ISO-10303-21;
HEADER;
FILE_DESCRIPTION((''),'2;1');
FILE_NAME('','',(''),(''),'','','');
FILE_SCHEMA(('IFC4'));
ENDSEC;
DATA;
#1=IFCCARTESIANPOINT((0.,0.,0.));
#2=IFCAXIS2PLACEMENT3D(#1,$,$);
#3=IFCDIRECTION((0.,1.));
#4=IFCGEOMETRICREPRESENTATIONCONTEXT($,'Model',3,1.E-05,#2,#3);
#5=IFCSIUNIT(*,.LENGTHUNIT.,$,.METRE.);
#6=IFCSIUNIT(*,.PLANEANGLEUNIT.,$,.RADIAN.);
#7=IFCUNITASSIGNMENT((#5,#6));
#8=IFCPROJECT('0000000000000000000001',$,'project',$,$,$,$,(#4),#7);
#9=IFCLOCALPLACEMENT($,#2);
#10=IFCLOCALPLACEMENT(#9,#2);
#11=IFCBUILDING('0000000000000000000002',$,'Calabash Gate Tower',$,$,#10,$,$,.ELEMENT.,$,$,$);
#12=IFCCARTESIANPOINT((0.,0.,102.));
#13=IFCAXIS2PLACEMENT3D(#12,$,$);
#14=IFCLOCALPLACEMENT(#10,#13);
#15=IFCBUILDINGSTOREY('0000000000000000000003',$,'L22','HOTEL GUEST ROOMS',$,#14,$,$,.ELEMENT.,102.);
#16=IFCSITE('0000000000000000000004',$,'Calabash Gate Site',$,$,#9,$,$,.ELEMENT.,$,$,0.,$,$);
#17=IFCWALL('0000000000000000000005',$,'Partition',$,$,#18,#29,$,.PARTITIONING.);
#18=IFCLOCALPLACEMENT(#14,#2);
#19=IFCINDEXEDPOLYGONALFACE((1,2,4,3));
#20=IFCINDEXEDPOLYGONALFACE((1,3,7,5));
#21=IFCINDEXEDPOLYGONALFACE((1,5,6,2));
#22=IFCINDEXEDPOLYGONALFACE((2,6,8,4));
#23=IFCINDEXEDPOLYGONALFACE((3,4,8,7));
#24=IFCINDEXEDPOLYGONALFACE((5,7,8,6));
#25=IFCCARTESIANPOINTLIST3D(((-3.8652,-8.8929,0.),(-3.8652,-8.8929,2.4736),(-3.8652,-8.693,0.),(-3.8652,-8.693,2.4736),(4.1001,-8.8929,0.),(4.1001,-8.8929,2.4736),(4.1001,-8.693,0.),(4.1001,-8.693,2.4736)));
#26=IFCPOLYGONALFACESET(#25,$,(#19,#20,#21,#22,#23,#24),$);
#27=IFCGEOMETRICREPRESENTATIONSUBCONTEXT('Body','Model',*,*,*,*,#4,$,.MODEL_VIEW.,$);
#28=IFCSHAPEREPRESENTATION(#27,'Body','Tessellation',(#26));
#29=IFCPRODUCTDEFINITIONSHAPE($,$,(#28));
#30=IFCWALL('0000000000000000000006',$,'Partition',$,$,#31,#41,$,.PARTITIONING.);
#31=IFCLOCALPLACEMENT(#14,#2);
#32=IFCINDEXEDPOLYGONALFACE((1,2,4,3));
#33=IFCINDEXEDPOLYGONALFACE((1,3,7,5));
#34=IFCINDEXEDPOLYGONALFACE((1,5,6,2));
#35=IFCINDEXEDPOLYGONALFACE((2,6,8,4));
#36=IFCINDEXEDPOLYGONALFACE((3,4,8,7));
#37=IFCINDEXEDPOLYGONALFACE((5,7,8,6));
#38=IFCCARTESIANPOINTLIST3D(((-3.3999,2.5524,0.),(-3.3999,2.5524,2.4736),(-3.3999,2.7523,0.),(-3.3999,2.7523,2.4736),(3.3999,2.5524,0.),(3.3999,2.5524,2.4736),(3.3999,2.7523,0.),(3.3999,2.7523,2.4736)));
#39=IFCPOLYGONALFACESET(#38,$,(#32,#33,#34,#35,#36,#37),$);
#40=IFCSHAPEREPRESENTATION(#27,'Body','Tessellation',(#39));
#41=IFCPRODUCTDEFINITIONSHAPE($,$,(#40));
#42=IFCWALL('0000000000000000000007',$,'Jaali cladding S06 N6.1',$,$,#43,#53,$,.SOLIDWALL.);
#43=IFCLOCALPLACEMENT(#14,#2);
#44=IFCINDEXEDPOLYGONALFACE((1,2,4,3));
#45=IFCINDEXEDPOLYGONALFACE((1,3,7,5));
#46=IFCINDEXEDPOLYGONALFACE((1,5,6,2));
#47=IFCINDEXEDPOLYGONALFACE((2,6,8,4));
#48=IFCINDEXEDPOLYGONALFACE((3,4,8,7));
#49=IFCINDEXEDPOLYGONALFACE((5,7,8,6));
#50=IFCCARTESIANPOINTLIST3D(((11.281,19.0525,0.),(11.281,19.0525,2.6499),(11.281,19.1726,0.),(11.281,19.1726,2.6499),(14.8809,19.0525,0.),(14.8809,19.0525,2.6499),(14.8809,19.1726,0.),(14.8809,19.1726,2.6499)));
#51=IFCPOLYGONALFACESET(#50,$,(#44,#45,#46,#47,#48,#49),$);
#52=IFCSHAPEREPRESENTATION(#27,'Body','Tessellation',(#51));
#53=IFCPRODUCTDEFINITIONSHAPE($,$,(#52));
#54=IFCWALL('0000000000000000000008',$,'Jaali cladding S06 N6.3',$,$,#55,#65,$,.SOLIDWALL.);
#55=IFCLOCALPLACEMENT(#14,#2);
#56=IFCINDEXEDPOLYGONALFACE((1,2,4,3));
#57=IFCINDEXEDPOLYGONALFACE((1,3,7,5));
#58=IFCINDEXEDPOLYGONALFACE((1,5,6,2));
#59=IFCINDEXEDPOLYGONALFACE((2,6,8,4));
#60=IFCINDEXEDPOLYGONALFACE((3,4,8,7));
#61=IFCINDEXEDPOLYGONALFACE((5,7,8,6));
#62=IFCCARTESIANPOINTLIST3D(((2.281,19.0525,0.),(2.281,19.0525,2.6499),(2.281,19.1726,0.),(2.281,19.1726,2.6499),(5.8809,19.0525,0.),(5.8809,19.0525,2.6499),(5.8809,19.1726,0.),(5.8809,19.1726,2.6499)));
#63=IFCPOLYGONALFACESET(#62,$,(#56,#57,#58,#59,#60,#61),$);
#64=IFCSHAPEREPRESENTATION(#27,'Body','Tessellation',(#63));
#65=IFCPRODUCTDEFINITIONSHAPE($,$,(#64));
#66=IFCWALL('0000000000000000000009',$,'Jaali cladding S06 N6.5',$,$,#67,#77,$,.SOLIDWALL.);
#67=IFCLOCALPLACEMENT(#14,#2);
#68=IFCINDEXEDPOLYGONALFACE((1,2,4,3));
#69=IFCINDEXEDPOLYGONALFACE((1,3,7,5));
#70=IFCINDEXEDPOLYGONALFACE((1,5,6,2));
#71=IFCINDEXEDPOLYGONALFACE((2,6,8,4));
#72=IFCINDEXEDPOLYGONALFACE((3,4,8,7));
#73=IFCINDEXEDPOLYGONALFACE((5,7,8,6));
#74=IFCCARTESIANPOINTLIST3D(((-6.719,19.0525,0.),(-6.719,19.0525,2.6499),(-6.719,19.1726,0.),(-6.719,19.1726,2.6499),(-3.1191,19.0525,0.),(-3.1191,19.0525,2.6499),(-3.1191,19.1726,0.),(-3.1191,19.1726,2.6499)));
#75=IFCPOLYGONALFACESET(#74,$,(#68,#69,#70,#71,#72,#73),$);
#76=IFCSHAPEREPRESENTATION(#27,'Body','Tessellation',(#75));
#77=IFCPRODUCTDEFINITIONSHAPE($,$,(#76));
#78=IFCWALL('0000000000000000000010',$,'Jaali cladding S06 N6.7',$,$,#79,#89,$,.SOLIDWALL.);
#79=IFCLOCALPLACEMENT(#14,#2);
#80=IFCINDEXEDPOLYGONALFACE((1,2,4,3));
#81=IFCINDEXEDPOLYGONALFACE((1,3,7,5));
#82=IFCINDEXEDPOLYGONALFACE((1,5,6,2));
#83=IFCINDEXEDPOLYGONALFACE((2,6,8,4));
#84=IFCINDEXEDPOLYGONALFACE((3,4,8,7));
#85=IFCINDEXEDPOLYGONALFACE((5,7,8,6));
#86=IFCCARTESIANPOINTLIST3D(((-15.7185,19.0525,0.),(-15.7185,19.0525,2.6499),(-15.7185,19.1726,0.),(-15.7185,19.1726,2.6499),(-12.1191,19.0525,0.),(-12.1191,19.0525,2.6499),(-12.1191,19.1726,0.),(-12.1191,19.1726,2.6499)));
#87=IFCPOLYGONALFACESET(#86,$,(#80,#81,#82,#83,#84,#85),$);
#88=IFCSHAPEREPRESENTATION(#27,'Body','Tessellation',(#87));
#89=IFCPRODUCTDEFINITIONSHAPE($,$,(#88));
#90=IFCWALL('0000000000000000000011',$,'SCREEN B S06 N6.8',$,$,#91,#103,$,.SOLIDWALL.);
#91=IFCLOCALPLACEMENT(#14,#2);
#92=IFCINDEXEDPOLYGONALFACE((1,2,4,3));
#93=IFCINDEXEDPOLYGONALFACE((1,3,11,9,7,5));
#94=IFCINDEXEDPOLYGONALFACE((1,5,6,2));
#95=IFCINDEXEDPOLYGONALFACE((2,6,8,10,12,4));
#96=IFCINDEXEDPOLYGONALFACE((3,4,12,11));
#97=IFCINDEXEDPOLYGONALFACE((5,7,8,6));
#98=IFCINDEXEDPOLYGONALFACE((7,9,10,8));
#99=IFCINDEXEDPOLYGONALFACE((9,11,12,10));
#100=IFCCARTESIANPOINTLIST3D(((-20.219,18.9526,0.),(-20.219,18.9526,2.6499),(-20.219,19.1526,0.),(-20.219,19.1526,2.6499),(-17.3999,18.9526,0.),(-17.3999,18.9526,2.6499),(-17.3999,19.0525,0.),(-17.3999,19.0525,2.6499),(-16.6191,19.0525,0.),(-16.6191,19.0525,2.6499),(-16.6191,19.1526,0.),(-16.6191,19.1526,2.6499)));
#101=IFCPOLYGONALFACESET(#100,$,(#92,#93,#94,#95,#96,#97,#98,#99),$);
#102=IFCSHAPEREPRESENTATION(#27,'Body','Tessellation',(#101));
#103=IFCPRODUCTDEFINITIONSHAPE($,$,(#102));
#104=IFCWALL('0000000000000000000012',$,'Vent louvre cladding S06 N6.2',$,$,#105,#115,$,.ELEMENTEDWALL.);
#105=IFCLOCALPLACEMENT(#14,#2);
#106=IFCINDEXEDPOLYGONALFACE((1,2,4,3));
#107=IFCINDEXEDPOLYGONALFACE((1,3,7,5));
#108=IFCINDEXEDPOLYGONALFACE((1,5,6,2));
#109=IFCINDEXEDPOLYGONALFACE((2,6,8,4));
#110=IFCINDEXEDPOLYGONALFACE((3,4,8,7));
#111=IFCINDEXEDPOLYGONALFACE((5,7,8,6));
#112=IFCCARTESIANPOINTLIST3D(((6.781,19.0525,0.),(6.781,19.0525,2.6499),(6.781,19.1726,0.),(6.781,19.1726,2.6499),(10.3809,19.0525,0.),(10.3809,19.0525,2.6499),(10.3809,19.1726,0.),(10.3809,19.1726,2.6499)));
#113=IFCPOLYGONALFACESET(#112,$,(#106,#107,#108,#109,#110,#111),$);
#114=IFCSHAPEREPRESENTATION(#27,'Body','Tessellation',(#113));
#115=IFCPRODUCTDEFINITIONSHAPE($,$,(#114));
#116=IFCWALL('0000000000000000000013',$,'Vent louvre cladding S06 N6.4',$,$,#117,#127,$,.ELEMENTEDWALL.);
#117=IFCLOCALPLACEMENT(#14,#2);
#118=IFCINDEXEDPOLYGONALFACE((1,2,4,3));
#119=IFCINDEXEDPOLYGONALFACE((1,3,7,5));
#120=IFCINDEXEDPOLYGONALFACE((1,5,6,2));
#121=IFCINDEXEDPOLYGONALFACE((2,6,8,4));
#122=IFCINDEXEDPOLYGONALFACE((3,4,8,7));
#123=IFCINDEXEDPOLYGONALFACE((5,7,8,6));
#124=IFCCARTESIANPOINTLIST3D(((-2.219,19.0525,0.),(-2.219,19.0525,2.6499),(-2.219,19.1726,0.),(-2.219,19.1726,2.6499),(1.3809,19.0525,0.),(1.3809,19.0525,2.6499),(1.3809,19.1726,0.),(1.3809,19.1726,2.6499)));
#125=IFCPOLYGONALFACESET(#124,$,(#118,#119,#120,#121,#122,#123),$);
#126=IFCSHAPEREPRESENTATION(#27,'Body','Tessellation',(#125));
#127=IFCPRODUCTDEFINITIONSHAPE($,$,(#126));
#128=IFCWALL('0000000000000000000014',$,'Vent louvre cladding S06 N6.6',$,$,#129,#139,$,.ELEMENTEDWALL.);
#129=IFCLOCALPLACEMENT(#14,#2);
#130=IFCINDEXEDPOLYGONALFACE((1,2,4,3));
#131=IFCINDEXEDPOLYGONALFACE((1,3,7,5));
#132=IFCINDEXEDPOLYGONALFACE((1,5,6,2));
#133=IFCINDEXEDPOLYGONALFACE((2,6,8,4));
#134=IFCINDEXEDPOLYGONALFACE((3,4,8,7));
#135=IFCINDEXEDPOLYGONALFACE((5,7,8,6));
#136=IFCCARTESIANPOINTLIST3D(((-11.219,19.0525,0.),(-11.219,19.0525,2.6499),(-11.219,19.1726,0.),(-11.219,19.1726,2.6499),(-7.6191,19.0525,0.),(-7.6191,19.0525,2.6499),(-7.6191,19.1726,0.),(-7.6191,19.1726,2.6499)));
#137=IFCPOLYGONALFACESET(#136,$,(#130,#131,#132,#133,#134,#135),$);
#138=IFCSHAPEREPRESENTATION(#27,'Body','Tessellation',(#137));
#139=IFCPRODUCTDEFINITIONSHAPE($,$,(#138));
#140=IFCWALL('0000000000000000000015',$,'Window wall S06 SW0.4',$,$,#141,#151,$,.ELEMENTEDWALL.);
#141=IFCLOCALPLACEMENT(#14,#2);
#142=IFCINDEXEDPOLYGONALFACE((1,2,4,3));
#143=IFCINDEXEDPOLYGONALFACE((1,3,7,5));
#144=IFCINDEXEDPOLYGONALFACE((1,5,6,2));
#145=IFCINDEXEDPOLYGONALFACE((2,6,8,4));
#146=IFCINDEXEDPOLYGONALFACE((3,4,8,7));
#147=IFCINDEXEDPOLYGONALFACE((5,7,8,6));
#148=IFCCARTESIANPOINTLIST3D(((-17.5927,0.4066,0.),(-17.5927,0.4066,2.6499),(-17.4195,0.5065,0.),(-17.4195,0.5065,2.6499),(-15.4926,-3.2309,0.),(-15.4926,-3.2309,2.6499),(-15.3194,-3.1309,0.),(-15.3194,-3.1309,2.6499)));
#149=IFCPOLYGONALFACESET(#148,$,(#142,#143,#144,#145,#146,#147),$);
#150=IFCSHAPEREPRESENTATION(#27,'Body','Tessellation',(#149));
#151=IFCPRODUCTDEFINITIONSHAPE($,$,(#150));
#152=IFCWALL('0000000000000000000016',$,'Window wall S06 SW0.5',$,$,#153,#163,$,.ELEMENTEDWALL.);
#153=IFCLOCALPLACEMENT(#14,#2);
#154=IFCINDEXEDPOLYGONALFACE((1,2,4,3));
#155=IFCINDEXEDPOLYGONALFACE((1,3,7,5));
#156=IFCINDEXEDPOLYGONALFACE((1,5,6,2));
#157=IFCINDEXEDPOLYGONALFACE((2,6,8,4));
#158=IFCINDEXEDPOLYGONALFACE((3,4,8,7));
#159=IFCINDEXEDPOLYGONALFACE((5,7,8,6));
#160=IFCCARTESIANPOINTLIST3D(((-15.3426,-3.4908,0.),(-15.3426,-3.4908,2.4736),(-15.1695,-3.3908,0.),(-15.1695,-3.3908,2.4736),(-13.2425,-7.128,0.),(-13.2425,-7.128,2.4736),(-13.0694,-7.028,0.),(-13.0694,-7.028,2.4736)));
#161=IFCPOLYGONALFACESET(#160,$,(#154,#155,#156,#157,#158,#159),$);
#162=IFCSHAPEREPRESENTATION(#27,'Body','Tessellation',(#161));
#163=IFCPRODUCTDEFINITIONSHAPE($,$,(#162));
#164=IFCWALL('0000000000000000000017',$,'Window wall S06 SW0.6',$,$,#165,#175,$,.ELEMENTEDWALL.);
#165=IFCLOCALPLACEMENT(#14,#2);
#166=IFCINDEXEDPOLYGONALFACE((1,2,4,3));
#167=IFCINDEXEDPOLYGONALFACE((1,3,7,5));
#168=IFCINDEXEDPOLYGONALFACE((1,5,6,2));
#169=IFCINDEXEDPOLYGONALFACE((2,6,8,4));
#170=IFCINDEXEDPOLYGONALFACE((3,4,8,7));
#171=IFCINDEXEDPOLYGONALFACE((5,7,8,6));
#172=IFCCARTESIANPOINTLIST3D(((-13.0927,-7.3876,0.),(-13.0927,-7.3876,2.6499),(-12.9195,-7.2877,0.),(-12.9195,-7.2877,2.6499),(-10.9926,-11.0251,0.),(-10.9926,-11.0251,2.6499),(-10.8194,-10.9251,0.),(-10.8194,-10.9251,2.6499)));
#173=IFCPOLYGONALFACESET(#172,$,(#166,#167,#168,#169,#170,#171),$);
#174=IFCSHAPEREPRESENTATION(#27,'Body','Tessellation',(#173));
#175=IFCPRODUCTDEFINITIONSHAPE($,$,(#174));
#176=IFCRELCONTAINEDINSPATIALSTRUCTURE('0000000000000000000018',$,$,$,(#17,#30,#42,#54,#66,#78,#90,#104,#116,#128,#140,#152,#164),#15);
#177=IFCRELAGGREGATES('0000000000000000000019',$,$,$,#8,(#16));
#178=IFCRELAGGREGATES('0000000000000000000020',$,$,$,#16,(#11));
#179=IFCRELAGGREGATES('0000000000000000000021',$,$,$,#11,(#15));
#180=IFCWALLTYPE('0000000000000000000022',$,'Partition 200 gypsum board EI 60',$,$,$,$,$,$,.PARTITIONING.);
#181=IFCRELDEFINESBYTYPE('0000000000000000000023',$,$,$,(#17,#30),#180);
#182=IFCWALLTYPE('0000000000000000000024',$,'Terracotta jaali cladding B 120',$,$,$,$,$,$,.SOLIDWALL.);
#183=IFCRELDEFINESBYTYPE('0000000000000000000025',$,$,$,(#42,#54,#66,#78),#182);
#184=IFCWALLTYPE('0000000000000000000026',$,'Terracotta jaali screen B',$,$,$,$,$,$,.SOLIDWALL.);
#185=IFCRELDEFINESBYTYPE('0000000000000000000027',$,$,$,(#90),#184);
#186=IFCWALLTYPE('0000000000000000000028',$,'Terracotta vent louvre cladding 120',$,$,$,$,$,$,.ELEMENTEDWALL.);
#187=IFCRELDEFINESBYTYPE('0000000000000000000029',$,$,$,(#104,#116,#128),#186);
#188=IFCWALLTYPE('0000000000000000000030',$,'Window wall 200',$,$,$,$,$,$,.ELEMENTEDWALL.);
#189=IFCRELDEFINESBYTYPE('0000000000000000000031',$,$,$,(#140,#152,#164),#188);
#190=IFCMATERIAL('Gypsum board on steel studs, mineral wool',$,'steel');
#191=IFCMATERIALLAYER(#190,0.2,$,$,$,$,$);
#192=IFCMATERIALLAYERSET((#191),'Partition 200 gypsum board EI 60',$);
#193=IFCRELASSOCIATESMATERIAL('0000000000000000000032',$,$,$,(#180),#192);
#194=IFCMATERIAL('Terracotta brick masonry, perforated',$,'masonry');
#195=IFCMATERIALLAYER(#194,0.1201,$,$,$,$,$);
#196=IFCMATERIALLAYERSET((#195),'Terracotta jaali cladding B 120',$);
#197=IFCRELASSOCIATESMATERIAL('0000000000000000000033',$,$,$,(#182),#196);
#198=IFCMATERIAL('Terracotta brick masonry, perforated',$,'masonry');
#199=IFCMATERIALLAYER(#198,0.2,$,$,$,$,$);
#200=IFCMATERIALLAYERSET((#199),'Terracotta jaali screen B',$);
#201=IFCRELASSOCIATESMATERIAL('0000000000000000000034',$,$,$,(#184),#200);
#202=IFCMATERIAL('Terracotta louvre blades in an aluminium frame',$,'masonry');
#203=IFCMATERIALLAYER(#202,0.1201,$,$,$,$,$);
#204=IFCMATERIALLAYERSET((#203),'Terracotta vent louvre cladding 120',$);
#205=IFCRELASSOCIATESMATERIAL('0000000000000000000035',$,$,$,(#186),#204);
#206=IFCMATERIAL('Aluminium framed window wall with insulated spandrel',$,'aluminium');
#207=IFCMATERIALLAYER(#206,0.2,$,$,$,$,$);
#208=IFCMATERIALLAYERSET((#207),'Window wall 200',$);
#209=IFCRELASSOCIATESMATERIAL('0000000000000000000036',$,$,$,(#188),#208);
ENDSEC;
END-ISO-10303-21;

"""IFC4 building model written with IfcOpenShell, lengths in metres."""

from ifc_helpers import new_model, si_unit, direction, frame, frame_2d, origin, place, context, subcontext, project, spatial, polyline, rectangle, outline, extrude, material, layer, layer_set, type_object, element, save


model = new_model("IFC4")

# Units and contexts
model_context = context("Model", 3, precision=1e-05, world=origin(), true_north=direction((0.0, 1.0)))
body_context = subcontext(model_context, "Body", "Model", "MODEL_VIEW")
ifc_project = project(units=[si_unit("LENGTHUNIT", "METRE"), si_unit("PLANEANGLEUNIT", "RADIAN")], contexts=[model_context])

# Site, building, storey
site_placement = place(None, origin())
site = spatial("IfcSite", under=ifc_project, at=site_placement, Name="Calabash Gate Site", CompositionType="ELEMENT", RefElevation=0.0)
building_placement = place(site_placement, origin())
building = spatial("IfcBuilding", under=site, at=building_placement, Name="Calabash Gate Tower", CompositionType="ELEMENT")
storey_placement = place(building_placement, frame((0.0, 0.0, 102.0)))
storey = spatial("IfcBuildingStorey", under=building, at=storey_placement, Name="L22", Description="HOTEL GUEST ROOMS", CompositionType="ELEMENT", Elevation=102.0)

# Shared definitions
ifc_material_1 = material(Name="Gypsum board on steel studs, mineral wool", Category="steel")
ifc_layer_1 = layer(ifc_material_1, 0.2)
ifc_layer_set_1 = layer_set([ifc_layer_1], Name="Partition 200 gypsum board EI 60")
wall_type_1 = type_object("IfcWallType", Name="Partition 200 gypsum board EI 60", PredefinedType="PARTITIONING", material=ifc_layer_set_1)

# Walls
wall_1_placement = place(storey_placement, frame((-3.8652, -8.793, 0.0), z_axis=(0.0, 0.0, 1.0), x_axis=(1.0, 0.0, 0.0)))
element("IfcWall", 1, at=wall_1_placement, inside=storey, type_object=wall_type_1, Name="Partition", PredefinedType="PARTITIONING", context=body_context, shape_type="SweptSolid", body=[
    extrude(rectangle(XDim=7.9653, YDim=0.2, at=frame_2d((3.9827, 0.0))), origin(), (0.0, 0.0, 1.0), 2.4736),
])
wall_2_placement = place(storey_placement, frame((-3.3999, 2.6523, 0.0), z_axis=(0.0, 0.0, 1.0), x_axis=(1.0, 0.0, 0.0)))
element("IfcWall", 2, at=wall_2_placement, inside=storey, type_object=wall_type_1, Name="Partition", PredefinedType="PARTITIONING", context=body_context, shape_type="SweptSolid", body=[
    extrude(rectangle(XDim=6.7998, YDim=0.2, at=frame_2d((3.3999, 0.0))), origin(), (0.0, 0.0, 1.0), 2.4736),
])
ifc_material_2 = material(Name="Terracotta brick masonry, perforated", Category="masonry")
ifc_layer_2 = layer(ifc_material_2, 0.1201)
ifc_layer_set_2 = layer_set([ifc_layer_2], Name="Terracotta jaali cladding B 120")
wall_type_2 = type_object("IfcWallType", Name="Terracotta jaali cladding B 120", PredefinedType="SOLIDWALL", material=ifc_layer_set_2)
wall_3_placement = place(storey_placement, origin())
element("IfcWall", 3, at=wall_3_placement, inside=storey, type_object=wall_type_2, Name="Jaali cladding S06 N6.1", PredefinedType="SOLIDWALL", context=body_context, shape_type="SweptSolid", body=[
    extrude(outline(polyline([(11.281, 19.1726), (11.281, 19.0525), (14.8809, 19.0525), (14.8809, 19.1726), (11.281, 19.1726)])), origin(), (0.0, 0.0, 1.0), 2.6499),
])
wall_4_placement = place(storey_placement, origin())
element("IfcWall", 4, at=wall_4_placement, inside=storey, type_object=wall_type_2, Name="Jaali cladding S06 N6.3", PredefinedType="SOLIDWALL", context=body_context, shape_type="SweptSolid", body=[
    extrude(outline(polyline([(2.281, 19.1726), (2.281, 19.0525), (5.8809, 19.0525), (5.8809, 19.1726), (2.281, 19.1726)])), origin(), (0.0, 0.0, 1.0), 2.6499),
])
wall_5_placement = place(storey_placement, origin())
element("IfcWall", 5, at=wall_5_placement, inside=storey, type_object=wall_type_2, Name="Jaali cladding S06 N6.5", PredefinedType="SOLIDWALL", context=body_context, shape_type="SweptSolid", body=[
    extrude(outline(polyline([(-6.719, 19.1726), (-6.719, 19.0525), (-3.1191, 19.0525), (-3.1191, 19.1726), (-6.719, 19.1726)])), origin(), (0.0, 0.0, 1.0), 2.6499),
])
wall_6_placement = place(storey_placement, origin())
element("IfcWall", 6, at=wall_6_placement, inside=storey, type_object=wall_type_2, Name="Jaali cladding S06 N6.7", PredefinedType="SOLIDWALL", context=body_context, shape_type="SweptSolid", body=[
    extrude(outline(polyline([(-15.7185, 19.1726), (-15.7185, 19.0525), (-12.1191, 19.0525), (-12.1191, 19.1726), (-15.7185, 19.1726)])), origin(), (0.0, 0.0, 1.0), 2.6499),
])
ifc_material_3 = material(Name="Terracotta brick masonry, perforated", Category="masonry")
ifc_layer_3 = layer(ifc_material_3, 0.2)
ifc_layer_set_3 = layer_set([ifc_layer_3], Name="Terracotta jaali screen B")
wall_type_3 = type_object("IfcWallType", Name="Terracotta jaali screen B", PredefinedType="SOLIDWALL", material=ifc_layer_set_3)
wall_7_placement = place(storey_placement, origin())
element("IfcWall", 7, at=wall_7_placement, inside=storey, type_object=wall_type_3, Name="SCREEN B S06 N6.8", PredefinedType="SOLIDWALL", context=body_context, shape_type="SweptSolid", body=[
    extrude(outline(polyline([(-16.6191, 19.0525), (-16.6191, 19.1526), (-20.219, 19.1526), (-20.219, 18.9526), (-17.3999, 18.9526), (-17.3999, 19.0525), (-16.6191, 19.0525)])), origin(), (0.0, 0.0, 1.0), 2.6499),
])
ifc_material_4 = material(Name="Terracotta louvre blades in an aluminium frame", Category="masonry")
ifc_layer_4 = layer(ifc_material_4, 0.1201)
ifc_layer_set_4 = layer_set([ifc_layer_4], Name="Terracotta vent louvre cladding 120")
wall_type_4 = type_object("IfcWallType", Name="Terracotta vent louvre cladding 120", PredefinedType="ELEMENTEDWALL", material=ifc_layer_set_4)
wall_8_placement = place(storey_placement, origin())
element("IfcWall", 8, at=wall_8_placement, inside=storey, type_object=wall_type_4, Name="Vent louvre cladding S06 N6.2", PredefinedType="ELEMENTEDWALL", context=body_context, shape_type="SweptSolid", body=[
    extrude(outline(polyline([(6.781, 19.1726), (6.781, 19.0525), (10.3809, 19.0525), (10.3809, 19.1726), (6.781, 19.1726)])), origin(), (0.0, 0.0, 1.0), 2.6499),
])
wall_9_placement = place(storey_placement, origin())
element("IfcWall", 9, at=wall_9_placement, inside=storey, type_object=wall_type_4, Name="Vent louvre cladding S06 N6.4", PredefinedType="ELEMENTEDWALL", context=body_context, shape_type="SweptSolid", body=[
    extrude(outline(polyline([(-2.219, 19.1726), (-2.219, 19.0525), (1.3809, 19.0525), (1.3809, 19.1726), (-2.219, 19.1726)])), origin(), (0.0, 0.0, 1.0), 2.6499),
])
wall_10_placement = place(storey_placement, origin())
element("IfcWall", 10, at=wall_10_placement, inside=storey, type_object=wall_type_4, Name="Vent louvre cladding S06 N6.6", PredefinedType="ELEMENTEDWALL", context=body_context, shape_type="SweptSolid", body=[
    extrude(outline(polyline([(-11.219, 19.1726), (-11.219, 19.0525), (-7.6191, 19.0525), (-7.6191, 19.1726), (-11.219, 19.1726)])), origin(), (0.0, 0.0, 1.0), 2.6499),
])
ifc_material_5 = material(Name="Aluminium framed window wall with insulated spandrel", Category="aluminium")
ifc_layer_5 = layer(ifc_material_5, 0.2)
ifc_layer_set_5 = layer_set([ifc_layer_5], Name="Window wall 200")
wall_type_5 = type_object("IfcWallType", Name="Window wall 200", PredefinedType="ELEMENTEDWALL", material=ifc_layer_set_5)
wall_11_placement = place(storey_placement, frame((-17.5061, 0.4565, 0.0), z_axis=(0.0, 0.0, 1.0), x_axis=(0.500003, -0.866024, 0.0)))
element("IfcWall", 11, at=wall_11_placement, inside=storey, type_object=wall_type_5, Name="Window wall S06 SW0.4", PredefinedType="ELEMENTEDWALL", context=body_context, shape_type="SweptSolid", body=[
    extrude(rectangle(XDim=4.2002, YDim=0.2, at=frame_2d((2.1001, 0.0))), origin(), (0.0, 0.0, 1.0), 2.6499),
])
wall_12_placement = place(storey_placement, frame((-15.2561, -3.4407, 0.0), z_axis=(0.0, 0.0, 1.0), x_axis=(0.500028, -0.866009, 0.0)))
element("IfcWall", 12, at=wall_12_placement, inside=storey, type_object=wall_type_5, Name="Window wall S06 SW0.5", PredefinedType="ELEMENTEDWALL", context=body_context, shape_type="SweptSolid", body=[
    extrude(rectangle(XDim=4.2, YDim=0.2, at=frame_2d((2.1001, 0.0))), origin(), (0.0, 0.0, 1.0), 2.4736),
])
wall_13_placement = place(storey_placement, frame((-13.0061, -7.3376, 0.0), z_axis=(0.0, 0.0, 1.0), x_axis=(0.500003, -0.866024, 0.0)))
element("IfcWall", 13, at=wall_13_placement, inside=storey, type_object=wall_type_5, Name="Window wall S06 SW0.6", PredefinedType="ELEMENTEDWALL", context=body_context, shape_type="SweptSolid", body=[
    extrude(rectangle(XDim=4.2002, YDim=0.2, at=frame_2d((2.1001, 0.0))), origin(), (0.0, 0.0, 1.0), 2.6499),
])

save(model, "model.ifc")
